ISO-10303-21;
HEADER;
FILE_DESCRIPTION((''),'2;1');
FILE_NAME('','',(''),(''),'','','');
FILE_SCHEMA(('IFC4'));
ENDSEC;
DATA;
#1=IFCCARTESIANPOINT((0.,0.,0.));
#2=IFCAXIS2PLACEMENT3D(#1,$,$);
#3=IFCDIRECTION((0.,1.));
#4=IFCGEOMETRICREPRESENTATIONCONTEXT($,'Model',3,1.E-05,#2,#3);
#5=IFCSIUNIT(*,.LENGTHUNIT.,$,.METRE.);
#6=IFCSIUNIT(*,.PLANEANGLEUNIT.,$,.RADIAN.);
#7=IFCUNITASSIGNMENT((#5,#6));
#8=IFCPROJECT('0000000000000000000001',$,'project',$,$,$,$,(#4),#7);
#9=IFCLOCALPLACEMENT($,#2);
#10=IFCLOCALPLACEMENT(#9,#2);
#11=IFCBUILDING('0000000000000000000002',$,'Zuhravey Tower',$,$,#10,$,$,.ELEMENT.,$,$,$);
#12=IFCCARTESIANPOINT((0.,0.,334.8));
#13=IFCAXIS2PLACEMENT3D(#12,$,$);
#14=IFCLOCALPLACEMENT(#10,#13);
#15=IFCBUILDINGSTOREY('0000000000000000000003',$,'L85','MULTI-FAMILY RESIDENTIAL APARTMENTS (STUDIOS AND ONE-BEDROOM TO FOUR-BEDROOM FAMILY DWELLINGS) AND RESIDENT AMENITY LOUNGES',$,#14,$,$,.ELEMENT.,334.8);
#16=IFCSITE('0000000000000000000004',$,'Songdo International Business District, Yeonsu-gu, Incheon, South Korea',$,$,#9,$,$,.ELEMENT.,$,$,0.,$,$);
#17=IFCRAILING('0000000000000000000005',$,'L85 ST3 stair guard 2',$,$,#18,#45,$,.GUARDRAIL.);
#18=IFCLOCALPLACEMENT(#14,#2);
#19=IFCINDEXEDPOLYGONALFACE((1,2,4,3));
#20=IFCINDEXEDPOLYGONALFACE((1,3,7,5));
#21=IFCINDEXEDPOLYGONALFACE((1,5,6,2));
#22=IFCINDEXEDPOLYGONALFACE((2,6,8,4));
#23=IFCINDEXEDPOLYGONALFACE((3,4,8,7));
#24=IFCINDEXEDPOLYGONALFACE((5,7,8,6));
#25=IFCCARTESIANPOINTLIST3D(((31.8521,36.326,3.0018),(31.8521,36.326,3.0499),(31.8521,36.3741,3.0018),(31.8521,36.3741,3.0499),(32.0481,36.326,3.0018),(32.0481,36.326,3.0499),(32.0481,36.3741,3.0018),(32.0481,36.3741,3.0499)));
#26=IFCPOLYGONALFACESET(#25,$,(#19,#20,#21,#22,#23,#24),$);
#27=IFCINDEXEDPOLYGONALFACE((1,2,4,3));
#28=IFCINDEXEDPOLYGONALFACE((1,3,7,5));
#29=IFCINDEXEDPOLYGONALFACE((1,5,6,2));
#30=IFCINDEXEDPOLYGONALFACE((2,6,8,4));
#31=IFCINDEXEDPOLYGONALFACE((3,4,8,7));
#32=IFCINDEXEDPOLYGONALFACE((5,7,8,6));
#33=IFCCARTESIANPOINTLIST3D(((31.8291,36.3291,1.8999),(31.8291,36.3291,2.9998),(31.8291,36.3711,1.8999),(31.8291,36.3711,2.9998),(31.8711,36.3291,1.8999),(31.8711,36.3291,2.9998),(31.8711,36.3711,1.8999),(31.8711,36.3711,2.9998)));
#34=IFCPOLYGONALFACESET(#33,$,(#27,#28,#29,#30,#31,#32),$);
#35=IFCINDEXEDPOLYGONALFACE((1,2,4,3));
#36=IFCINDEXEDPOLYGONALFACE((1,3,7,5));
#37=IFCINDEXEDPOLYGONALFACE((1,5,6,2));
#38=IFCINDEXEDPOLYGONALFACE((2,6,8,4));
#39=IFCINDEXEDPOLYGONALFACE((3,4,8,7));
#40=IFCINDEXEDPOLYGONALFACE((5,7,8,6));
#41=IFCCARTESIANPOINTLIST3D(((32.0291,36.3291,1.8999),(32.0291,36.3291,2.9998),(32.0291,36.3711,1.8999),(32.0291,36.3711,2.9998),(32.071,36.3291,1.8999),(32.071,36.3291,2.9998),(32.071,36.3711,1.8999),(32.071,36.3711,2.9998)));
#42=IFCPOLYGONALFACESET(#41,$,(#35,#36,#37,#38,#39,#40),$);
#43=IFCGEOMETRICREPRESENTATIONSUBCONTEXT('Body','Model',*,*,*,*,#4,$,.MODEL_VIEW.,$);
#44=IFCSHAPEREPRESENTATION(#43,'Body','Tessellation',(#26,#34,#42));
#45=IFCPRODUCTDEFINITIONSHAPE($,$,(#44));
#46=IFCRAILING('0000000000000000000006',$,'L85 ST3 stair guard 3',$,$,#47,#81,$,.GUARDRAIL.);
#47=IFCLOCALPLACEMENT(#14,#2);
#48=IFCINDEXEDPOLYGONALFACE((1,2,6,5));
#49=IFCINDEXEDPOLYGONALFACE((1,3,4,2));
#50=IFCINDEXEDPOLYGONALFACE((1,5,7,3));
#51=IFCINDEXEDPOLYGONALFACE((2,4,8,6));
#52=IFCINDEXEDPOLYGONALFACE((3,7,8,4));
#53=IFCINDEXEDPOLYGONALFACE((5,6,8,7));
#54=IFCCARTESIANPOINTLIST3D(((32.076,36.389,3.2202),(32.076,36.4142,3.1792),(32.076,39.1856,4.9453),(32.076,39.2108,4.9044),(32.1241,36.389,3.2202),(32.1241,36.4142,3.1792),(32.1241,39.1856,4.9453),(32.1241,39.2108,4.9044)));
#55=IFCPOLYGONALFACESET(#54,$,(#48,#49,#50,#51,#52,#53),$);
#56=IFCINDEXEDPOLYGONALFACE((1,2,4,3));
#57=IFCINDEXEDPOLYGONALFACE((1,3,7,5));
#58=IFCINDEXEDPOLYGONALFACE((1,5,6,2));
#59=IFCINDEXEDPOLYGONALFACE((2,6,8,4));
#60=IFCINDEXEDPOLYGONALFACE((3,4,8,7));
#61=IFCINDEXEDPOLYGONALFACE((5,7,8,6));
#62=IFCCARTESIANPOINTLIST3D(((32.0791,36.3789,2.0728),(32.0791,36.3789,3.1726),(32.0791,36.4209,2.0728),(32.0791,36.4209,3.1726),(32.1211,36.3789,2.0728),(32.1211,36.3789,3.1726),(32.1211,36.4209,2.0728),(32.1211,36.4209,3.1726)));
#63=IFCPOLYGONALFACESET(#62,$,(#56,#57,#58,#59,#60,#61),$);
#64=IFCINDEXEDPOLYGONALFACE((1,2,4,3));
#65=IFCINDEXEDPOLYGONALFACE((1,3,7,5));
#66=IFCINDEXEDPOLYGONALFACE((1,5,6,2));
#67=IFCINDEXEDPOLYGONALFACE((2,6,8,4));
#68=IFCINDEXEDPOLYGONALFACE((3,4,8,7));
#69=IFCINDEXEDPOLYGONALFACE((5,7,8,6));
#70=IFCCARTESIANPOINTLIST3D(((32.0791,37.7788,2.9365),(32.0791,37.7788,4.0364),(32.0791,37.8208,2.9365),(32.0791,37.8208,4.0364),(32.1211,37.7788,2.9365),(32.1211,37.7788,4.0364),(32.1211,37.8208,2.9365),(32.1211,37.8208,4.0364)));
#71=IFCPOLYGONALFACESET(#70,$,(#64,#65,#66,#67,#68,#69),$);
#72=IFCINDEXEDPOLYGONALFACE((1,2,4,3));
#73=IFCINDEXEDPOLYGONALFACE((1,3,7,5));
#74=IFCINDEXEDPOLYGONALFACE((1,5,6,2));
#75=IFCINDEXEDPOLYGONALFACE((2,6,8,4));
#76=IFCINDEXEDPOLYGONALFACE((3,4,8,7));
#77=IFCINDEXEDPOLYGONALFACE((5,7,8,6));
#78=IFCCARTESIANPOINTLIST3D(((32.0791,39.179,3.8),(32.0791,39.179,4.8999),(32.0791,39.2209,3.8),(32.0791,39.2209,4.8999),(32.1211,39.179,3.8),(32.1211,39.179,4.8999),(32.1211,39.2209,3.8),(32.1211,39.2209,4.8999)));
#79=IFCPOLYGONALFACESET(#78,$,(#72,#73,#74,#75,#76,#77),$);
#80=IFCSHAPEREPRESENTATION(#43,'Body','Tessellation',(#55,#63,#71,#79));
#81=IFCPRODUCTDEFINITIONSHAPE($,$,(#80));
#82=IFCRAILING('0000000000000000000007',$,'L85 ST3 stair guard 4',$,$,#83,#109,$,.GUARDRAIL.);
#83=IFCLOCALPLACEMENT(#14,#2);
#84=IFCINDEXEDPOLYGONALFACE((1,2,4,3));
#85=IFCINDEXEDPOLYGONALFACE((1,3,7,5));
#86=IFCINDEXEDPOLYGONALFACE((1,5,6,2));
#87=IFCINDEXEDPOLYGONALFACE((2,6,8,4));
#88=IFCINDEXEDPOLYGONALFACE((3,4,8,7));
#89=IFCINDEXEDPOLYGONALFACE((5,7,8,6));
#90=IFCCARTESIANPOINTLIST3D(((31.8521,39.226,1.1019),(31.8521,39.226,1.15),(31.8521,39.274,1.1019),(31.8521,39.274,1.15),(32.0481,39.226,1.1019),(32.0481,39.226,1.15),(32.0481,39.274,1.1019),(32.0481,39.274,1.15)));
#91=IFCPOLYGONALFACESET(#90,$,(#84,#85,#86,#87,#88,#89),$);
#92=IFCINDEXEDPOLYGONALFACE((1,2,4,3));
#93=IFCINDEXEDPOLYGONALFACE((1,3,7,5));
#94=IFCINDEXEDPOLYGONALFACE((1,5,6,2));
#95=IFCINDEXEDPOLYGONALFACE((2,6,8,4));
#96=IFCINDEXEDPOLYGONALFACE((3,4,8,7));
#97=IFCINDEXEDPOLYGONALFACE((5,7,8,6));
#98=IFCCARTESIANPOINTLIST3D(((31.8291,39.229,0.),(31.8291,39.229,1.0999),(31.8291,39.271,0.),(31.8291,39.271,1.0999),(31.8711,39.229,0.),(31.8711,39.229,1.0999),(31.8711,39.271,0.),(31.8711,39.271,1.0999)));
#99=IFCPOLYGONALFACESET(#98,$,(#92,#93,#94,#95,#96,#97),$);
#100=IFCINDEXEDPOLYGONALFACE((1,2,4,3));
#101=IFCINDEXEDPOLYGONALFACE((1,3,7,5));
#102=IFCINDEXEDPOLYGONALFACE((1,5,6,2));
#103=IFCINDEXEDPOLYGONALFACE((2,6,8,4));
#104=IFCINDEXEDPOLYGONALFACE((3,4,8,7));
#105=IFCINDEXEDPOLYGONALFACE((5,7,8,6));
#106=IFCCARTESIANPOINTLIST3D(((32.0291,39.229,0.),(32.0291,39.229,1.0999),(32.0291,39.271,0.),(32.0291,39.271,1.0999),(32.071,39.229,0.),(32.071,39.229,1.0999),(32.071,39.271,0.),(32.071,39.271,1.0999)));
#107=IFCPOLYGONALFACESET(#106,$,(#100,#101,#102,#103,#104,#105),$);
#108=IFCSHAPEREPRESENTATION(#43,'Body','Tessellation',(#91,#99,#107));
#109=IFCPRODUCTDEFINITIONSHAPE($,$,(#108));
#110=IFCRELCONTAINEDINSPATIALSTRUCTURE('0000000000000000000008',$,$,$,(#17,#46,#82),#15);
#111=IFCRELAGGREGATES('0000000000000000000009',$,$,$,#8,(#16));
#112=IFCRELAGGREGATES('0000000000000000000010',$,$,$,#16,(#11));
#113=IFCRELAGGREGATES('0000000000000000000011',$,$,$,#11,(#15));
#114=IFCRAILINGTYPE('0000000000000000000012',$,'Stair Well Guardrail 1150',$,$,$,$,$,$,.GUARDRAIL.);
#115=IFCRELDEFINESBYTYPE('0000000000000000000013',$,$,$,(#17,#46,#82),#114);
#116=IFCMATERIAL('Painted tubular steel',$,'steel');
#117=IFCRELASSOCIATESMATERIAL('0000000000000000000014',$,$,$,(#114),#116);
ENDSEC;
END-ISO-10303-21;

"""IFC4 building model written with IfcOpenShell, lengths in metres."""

from ifc_helpers import new_model, si_unit, direction, frame, origin, origin_2d, place, context, subcontext, project, spatial, rectangle, extrude, material, type_object, element, save


model = new_model("IFC4")

# Units and contexts
model_context = context("Model", 3, precision=1e-05, world=origin(), true_north=direction((0.0, 1.0)))
body_context = subcontext(model_context, "Body", "Model", "MODEL_VIEW")
ifc_project = project(units=[si_unit("LENGTHUNIT", "METRE"), si_unit("PLANEANGLEUNIT", "RADIAN")], contexts=[model_context])

# Site, building, storey
site_placement = place(None, origin())
site = spatial("IfcSite", under=ifc_project, at=site_placement, Name="Songdo International Business District, Yeonsu-gu, Incheon, South Korea", CompositionType="ELEMENT", RefElevation=0.0)
building_placement = place(site_placement, origin())
building = spatial("IfcBuilding", under=site, at=building_placement, Name="Zuhravey Tower", CompositionType="ELEMENT")
storey_placement = place(building_placement, frame((0.0, 0.0, 334.8)))
storey = spatial("IfcBuildingStorey", under=building, at=storey_placement, Name="L85", Description="MULTI-FAMILY RESIDENTIAL APARTMENTS (STUDIOS AND ONE-BEDROOM TO FOUR-BEDROOM FAMILY DWELLINGS) AND RESIDENT AMENITY LOUNGES", CompositionType="ELEMENT", Elevation=334.8)

# Railings
ifc_material_1 = material(Name="Painted tubular steel", Category="steel")
railing_type_1 = type_object("IfcRailingType", Name="Stair Well Guardrail 1150", PredefinedType="GUARDRAIL", material=ifc_material_1)
railing_1_placement = place(storey_placement, frame((31.8501, 36.3501, 1.8999)))
element("IfcRailing", 1, at=railing_1_placement, inside=storey, type_object=railing_type_1, Name="L85 ST3 stair guard 2", PredefinedType="GUARDRAIL", context=body_context, shape_type="SweptSolid", body=[
    extrude(rectangle(XDim=0.0481, YDim=0.0481, at=origin_2d()), frame((0.002, 0.0, 1.126), z_axis=(1.0, 0.0, 0.0), x_axis=(0.0, 1.0, 0.0)), (0.0, 0.0, 1.0), 0.196),
    extrude(rectangle(XDim=0.042, YDim=0.042, at=origin_2d()), origin(), (0.0, 0.0, 1.0), 1.0999),
    extrude(rectangle(XDim=0.042, YDim=0.042, at=origin_2d()), frame((0.2, 0.0, 0.0)), (0.0, 0.0, 1.0), 1.0999),
])
railing_2_placement = place(storey_placement, frame((32.1001, 36.3999, 2.0728)))
element("IfcRailing", 2, at=railing_2_placement, inside=storey, type_object=railing_type_1, Name="L85 ST3 stair guard 3", PredefinedType="GUARDRAIL", context=body_context, shape_type="SweptSolid", body=[
    extrude(rectangle(XDim=0.0481, YDim=0.0481, at=origin_2d()), frame((0.0, 0.0017, 1.127), z_axis=(0.0, 0.85109, 0.52502), x_axis=(-1.0, 0.0, 0.0)), (0.0, 0.0, 1.0), 3.2859),
    extrude(rectangle(XDim=0.042, YDim=0.042, at=origin_2d()), origin(), (0.0, 0.0, 1.0), 1.0999),
    extrude(rectangle(XDim=0.042, YDim=0.042, at=origin_2d()), frame((0.0, 1.3999, 0.8638)), (0.0, 0.0, 1.0), 1.0999),
    extrude(rectangle(XDim=0.042, YDim=0.042, at=origin_2d()), frame((0.0, 2.8, 1.7273)), (0.0, 0.0, 1.0), 1.0999),
])
railing_3_placement = place(storey_placement, frame((31.8501, 39.25, 0.0)))
element("IfcRailing", 3, at=railing_3_placement, inside=storey, type_object=railing_type_1, Name="L85 ST3 stair guard 4", PredefinedType="GUARDRAIL", context=body_context, shape_type="SweptSolid", body=[
    extrude(rectangle(XDim=0.0481, YDim=0.0481, at=origin_2d()), frame((0.002, 0.0, 1.126), z_axis=(1.0, 0.0, 0.0), x_axis=(0.0, 1.0, 0.0)), (0.0, 0.0, 1.0), 0.196),
    extrude(rectangle(XDim=0.042, YDim=0.042, at=origin_2d()), origin(), (0.0, 0.0, 1.0), 1.0999),
    extrude(rectangle(XDim=0.042, YDim=0.042, at=origin_2d()), frame((0.2, 0.0, 0.0)), (0.0, 0.0, 1.0), 1.0999),
])

save(model, "model.ifc")
